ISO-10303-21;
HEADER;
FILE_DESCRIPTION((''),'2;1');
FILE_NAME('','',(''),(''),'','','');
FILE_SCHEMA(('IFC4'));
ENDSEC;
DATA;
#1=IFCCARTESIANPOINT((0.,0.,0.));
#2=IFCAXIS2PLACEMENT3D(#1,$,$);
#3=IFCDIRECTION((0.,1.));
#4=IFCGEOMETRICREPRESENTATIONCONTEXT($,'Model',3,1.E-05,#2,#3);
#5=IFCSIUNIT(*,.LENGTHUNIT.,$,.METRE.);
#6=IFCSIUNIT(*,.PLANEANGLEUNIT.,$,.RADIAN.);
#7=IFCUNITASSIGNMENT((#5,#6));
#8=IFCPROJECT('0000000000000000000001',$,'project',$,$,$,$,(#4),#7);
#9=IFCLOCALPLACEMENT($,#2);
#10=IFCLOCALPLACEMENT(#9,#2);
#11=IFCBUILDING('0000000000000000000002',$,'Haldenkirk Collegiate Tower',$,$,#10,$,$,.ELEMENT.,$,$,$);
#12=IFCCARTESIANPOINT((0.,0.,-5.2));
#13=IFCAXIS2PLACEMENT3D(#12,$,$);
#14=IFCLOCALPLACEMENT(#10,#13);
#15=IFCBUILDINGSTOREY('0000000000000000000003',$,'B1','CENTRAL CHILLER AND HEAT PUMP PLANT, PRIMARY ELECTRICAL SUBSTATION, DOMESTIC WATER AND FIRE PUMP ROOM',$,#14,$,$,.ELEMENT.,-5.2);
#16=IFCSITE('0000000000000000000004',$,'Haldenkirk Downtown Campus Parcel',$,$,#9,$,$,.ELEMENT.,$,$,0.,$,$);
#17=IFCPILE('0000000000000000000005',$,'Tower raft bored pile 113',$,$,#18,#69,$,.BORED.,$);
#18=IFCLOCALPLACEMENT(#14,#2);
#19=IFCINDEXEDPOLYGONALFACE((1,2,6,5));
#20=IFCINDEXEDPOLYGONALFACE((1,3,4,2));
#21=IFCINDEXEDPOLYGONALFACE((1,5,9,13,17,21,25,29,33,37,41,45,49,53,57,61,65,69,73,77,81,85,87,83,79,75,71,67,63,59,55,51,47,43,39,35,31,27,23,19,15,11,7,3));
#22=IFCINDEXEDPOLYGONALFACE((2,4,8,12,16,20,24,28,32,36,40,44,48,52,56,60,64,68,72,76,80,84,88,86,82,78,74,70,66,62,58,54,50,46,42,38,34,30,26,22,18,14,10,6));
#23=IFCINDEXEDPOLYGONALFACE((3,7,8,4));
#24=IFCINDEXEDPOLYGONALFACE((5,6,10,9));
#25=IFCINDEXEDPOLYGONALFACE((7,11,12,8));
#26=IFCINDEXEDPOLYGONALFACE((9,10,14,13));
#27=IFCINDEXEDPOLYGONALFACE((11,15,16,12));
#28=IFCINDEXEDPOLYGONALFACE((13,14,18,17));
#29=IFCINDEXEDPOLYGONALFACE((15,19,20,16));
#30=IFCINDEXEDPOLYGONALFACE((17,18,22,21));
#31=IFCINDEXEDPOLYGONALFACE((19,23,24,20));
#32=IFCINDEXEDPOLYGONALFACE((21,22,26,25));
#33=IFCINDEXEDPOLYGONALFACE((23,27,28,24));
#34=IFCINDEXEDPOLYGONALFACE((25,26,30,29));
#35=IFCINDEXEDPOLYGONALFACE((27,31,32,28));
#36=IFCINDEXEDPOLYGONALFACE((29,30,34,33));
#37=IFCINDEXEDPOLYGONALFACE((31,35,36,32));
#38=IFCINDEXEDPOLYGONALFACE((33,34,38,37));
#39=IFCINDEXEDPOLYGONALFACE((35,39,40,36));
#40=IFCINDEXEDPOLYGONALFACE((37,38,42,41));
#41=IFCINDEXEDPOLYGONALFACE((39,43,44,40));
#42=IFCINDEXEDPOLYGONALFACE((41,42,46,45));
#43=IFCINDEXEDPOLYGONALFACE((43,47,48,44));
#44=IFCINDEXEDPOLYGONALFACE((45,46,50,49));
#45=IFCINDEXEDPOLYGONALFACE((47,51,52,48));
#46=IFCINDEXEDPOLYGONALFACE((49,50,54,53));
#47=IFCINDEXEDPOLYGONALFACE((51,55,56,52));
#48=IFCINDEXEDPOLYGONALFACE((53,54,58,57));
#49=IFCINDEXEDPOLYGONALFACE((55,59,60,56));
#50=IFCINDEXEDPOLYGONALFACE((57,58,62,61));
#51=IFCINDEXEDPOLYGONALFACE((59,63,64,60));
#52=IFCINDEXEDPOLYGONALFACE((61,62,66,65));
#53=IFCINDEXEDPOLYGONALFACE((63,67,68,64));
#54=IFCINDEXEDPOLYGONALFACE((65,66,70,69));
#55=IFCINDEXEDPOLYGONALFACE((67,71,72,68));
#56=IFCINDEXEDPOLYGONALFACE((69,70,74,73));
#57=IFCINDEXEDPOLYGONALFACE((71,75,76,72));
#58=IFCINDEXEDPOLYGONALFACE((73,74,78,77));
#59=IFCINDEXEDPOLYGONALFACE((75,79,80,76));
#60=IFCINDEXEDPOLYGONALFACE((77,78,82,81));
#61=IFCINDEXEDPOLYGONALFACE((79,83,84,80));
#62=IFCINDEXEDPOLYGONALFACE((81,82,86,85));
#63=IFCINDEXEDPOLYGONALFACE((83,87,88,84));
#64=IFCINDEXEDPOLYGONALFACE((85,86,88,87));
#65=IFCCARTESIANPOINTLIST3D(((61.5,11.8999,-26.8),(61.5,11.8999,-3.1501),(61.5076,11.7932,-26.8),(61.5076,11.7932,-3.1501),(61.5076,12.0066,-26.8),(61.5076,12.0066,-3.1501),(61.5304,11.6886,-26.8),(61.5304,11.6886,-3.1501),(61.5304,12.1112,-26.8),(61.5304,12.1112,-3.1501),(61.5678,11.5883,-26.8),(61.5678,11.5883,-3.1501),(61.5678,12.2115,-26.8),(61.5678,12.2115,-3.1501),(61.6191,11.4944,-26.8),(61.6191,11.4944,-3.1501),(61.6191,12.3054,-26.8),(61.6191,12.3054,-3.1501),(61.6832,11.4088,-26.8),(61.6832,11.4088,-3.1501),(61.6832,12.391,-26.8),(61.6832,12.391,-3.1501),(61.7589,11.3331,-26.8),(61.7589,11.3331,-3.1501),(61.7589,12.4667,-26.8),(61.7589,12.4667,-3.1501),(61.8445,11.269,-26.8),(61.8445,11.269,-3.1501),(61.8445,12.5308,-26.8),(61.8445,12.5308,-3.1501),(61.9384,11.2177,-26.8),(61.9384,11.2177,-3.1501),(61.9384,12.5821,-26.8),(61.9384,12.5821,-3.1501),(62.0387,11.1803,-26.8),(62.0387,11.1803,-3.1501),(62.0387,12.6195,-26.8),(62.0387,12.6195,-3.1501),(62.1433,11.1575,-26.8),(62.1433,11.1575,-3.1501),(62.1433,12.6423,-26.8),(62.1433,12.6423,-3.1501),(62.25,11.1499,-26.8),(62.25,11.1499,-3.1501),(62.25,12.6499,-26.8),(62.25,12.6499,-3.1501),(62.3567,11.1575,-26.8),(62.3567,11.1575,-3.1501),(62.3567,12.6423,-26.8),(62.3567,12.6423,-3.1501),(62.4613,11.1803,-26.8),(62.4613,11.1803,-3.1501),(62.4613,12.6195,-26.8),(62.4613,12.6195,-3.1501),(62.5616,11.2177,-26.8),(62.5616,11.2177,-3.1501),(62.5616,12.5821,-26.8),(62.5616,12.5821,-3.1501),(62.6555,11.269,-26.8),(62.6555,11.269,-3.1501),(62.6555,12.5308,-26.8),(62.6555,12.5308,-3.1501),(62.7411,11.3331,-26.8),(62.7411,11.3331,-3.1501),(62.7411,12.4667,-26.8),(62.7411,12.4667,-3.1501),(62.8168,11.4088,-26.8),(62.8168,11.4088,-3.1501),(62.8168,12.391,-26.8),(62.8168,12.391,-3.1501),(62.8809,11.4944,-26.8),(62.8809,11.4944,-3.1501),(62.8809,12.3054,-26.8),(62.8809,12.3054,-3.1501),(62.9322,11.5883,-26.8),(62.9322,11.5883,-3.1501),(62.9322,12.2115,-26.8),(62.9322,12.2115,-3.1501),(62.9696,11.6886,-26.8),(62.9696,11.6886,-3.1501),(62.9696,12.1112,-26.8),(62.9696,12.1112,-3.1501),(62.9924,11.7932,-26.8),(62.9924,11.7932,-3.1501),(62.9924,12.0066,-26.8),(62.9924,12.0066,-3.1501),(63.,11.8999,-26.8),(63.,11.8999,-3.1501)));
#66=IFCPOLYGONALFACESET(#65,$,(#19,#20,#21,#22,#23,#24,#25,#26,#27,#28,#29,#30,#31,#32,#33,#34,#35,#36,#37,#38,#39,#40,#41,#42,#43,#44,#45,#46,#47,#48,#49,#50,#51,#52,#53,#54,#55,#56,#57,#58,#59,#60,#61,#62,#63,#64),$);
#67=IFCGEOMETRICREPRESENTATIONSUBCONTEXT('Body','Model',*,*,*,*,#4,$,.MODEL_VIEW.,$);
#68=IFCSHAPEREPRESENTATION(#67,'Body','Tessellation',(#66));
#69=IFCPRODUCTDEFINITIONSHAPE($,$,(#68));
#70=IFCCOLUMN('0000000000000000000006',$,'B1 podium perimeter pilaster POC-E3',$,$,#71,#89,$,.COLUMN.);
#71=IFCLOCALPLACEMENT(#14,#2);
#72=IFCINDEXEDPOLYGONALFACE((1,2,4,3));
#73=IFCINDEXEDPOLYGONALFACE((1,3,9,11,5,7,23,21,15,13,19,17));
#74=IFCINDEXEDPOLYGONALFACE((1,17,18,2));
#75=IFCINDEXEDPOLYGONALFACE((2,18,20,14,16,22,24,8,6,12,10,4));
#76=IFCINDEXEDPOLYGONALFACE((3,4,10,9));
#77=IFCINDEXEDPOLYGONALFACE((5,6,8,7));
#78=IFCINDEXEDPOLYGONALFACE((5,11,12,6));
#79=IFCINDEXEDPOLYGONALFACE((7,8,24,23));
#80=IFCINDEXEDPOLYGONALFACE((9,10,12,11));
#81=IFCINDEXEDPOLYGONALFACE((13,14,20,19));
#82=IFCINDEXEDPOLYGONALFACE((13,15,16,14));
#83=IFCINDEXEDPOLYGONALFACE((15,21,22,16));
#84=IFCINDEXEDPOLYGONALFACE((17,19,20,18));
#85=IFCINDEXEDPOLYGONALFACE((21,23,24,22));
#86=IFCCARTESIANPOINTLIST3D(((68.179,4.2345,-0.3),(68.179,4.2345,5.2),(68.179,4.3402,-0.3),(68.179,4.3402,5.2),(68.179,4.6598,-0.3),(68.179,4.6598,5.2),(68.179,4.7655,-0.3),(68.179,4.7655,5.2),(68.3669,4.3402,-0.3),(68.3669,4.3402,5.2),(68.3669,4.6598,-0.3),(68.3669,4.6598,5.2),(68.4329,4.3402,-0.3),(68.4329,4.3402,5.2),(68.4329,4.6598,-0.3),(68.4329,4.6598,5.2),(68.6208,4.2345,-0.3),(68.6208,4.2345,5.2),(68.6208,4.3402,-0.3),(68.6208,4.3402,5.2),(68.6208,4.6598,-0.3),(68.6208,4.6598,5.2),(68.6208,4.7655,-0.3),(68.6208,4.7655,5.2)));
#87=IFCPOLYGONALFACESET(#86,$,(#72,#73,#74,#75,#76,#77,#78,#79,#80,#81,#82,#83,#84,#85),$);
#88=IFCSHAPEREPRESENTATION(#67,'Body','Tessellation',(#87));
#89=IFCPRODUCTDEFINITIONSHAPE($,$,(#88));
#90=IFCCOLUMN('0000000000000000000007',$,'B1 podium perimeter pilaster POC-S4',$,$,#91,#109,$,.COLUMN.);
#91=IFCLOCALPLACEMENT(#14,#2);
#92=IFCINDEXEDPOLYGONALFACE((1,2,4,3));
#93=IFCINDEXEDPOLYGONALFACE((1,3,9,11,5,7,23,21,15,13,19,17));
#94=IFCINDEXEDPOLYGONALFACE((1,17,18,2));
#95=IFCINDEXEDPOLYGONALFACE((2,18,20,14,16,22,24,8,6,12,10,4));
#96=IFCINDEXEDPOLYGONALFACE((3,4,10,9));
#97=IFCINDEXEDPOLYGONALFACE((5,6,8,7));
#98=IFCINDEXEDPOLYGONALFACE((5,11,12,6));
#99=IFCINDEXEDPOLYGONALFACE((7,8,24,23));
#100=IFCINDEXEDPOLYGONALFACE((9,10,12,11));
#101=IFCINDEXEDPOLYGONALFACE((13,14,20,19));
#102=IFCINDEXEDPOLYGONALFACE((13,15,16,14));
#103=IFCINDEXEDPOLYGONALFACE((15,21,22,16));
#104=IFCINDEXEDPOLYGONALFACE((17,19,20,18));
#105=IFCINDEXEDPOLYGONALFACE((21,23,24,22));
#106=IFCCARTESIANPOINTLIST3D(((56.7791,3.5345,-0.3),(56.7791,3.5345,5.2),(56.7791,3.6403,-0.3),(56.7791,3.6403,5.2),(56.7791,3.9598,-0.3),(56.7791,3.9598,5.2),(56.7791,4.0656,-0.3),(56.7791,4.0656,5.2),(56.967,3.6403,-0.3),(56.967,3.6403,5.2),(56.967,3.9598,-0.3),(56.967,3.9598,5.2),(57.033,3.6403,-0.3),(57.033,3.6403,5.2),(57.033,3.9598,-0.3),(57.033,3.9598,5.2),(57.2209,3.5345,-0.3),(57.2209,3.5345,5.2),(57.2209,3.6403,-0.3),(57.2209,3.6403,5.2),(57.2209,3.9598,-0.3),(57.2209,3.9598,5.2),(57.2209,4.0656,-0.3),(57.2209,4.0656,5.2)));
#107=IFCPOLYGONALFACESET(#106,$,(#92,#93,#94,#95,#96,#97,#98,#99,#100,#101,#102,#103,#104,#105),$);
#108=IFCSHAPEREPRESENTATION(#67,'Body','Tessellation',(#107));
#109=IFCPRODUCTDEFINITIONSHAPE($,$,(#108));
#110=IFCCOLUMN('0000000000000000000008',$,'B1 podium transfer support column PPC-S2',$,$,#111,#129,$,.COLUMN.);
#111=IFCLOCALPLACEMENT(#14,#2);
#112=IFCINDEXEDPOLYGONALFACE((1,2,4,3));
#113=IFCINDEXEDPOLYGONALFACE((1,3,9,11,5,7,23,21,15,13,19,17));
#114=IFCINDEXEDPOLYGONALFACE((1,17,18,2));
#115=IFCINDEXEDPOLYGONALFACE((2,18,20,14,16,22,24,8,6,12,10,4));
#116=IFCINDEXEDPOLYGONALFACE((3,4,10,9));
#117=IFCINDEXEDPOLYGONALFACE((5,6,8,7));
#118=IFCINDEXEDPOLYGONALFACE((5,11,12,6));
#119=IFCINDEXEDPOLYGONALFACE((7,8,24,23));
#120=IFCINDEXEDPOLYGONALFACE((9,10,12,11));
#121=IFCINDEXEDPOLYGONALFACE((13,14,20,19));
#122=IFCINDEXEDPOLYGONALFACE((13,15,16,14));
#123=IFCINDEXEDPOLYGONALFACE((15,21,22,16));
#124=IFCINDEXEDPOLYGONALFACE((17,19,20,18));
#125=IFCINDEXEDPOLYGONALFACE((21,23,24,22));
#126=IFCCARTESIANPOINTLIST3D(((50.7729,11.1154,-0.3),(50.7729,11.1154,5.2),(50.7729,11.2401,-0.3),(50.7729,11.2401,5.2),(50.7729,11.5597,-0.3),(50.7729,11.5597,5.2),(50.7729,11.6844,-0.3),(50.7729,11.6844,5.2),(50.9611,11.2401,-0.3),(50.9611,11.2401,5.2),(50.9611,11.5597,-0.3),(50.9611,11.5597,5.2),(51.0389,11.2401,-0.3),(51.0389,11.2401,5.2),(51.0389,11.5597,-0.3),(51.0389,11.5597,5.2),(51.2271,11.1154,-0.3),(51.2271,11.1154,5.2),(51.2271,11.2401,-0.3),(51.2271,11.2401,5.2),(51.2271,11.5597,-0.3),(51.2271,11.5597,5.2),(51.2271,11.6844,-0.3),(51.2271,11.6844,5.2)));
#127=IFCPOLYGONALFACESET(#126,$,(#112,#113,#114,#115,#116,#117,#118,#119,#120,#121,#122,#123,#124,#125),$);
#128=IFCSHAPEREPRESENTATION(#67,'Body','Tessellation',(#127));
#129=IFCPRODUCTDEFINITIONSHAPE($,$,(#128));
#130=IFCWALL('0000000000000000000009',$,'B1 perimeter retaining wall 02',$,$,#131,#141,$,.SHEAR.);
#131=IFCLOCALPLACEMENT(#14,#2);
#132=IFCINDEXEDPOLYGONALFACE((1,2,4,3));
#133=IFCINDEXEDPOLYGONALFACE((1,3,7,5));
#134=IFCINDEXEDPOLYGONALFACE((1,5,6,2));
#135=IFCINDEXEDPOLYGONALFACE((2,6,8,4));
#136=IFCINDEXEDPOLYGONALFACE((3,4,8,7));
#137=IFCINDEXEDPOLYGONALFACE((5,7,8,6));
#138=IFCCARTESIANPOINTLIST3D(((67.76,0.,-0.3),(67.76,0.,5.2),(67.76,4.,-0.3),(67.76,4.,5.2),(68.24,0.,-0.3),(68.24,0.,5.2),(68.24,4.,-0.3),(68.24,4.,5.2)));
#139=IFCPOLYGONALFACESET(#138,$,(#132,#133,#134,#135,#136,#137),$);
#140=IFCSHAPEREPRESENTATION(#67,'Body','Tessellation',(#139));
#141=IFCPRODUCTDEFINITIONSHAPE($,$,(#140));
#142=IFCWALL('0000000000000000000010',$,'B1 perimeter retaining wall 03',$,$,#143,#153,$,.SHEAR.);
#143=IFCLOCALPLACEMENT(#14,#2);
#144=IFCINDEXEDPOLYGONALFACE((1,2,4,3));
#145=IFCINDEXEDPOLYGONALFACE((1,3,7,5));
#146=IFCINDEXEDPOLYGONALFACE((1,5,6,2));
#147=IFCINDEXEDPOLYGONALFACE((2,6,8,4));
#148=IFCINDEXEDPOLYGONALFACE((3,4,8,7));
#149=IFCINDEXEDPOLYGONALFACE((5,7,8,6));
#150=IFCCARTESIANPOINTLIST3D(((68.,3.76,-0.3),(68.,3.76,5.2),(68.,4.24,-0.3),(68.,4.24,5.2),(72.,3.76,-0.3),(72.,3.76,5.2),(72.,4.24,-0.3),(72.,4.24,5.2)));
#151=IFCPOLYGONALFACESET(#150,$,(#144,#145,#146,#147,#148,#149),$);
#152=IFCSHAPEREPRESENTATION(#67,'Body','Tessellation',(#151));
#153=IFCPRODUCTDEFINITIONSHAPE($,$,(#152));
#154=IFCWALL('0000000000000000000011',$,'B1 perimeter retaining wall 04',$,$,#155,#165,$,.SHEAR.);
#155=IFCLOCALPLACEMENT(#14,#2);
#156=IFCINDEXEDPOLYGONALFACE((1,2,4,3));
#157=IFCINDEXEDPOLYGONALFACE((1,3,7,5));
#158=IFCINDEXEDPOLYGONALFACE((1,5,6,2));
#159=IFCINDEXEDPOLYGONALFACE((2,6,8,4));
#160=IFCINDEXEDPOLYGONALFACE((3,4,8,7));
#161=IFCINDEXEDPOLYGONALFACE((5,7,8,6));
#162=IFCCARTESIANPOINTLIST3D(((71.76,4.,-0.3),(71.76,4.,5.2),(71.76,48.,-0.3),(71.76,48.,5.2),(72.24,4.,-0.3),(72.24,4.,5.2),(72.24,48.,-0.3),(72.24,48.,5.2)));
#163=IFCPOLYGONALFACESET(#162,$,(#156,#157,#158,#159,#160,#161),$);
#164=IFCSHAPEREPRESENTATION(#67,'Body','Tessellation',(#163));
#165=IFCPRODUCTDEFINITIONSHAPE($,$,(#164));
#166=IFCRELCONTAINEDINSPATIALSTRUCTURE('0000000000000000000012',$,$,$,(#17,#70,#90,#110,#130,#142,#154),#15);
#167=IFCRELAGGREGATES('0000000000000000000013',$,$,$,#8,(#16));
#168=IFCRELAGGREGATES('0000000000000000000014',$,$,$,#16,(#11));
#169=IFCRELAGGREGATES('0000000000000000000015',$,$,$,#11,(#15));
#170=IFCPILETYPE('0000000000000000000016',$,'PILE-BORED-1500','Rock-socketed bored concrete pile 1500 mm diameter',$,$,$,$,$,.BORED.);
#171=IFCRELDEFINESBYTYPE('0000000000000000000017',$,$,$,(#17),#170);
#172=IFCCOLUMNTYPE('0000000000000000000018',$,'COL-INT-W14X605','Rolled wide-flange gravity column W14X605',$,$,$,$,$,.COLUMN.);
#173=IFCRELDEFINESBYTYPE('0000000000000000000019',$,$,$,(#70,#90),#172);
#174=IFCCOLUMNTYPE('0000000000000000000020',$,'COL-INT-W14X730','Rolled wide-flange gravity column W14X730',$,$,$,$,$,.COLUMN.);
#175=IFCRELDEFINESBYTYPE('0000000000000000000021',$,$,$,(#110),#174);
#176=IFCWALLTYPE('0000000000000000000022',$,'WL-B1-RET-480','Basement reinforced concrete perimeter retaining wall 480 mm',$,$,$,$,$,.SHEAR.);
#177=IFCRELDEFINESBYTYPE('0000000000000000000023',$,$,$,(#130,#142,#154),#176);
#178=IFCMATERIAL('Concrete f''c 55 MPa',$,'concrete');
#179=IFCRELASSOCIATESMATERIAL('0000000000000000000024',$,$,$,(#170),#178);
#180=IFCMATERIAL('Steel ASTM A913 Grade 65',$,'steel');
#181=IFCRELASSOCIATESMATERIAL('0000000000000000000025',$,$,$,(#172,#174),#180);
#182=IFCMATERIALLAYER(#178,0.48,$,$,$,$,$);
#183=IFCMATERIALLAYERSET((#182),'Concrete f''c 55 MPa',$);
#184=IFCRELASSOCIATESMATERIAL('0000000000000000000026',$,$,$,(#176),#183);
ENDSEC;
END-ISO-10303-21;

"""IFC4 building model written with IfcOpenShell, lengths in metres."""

from ifc_helpers import new_model, si_unit, direction, frame, frame_2d, origin, origin_2d, place, context, subcontext, project, spatial, rectangle, circle, i_section, extrude, material, layer, layer_set, material_profile, profile_set, type_object, element, save


model = new_model("IFC4")

# Units and contexts
model_context = context("Model", 3, precision=1e-05, world=origin(), true_north=direction((0.0, 1.0)))
body_context = subcontext(model_context, "Body", "Model", "MODEL_VIEW")
ifc_project = project(units=[si_unit("LENGTHUNIT", "METRE"), si_unit("PLANEANGLEUNIT", "RADIAN")], contexts=[model_context])

# Site, building, storey
site_placement = place(None, origin())
site = spatial("IfcSite", under=ifc_project, at=site_placement, Name="Haldenkirk Downtown Campus Parcel", CompositionType="ELEMENT", RefElevation=0.0)
building_placement = place(site_placement, origin())
building = spatial("IfcBuilding", under=site, at=building_placement, Name="Haldenkirk Collegiate Tower", CompositionType="ELEMENT")
storey_placement = place(building_placement, frame((0.0, 0.0, -5.2)))
storey = spatial("IfcBuildingStorey", under=building, at=storey_placement, Name="B1", Description="CENTRAL CHILLER AND HEAT PUMP PLANT, PRIMARY ELECTRICAL SUBSTATION, DOMESTIC WATER AND FIRE PUMP ROOM", CompositionType="ELEMENT", Elevation=-5.2)

# Shared definitions
ifc_material_1 = material(Name="Concrete f'c 55 MPa", Category="concrete")

# Pile
ifc_material_profile_1 = material_profile(ifc_material_1, circle(Radius=0.75, at=origin_2d()), Name="PILE1500")
ifc_profile_set_1 = profile_set([ifc_material_profile_1], Name="Concrete f'c 55 MPa")
pile_type_1 = type_object("IfcPileType", Name="PILE-BORED-1500", Description="Rock-socketed bored concrete pile 1500 mm diameter", PredefinedType="BORED", material=ifc_profile_set_1)
for number, where, z_axis, x_axis, name in (
    (1, (62.25, 11.8999, -3.1501), (0.0, 0.0, -1.0), (1.0, 0.0, 0.0), "Tower raft bored pile 113"),
):
    element("IfcPile", number, at=place(storey_placement, frame(where, z_axis=z_axis, x_axis=x_axis)), inside=storey, type_object=pile_type_1, Name=name, PredefinedType="BORED", context=body_context, shape_type="SweptSolid", body=[
        extrude(circle(Radius=0.75, at=origin_2d()), origin(), (0.0, 0.0, 1.0), 23.6499),
    ])

# Columns
ifc_material_2 = material(Name="Steel ASTM A913 Grade 65", Category="steel")
ifc_material_profile_2 = material_profile(ifc_material_2, i_section(OverallWidth=0.4419, OverallDepth=0.531, WebThickness=0.0659, FlangeThickness=0.1057, at=origin_2d()), Name="W14X605")
ifc_profile_set_2 = profile_set([ifc_material_profile_2], Name="Steel ASTM A913 Grade 65")
column_type_1 = type_object("IfcColumnType", Name="COL-INT-W14X605", Description="Rolled wide-flange gravity column W14X605", PredefinedType="COLUMN", material=ifc_profile_set_2)
for number, where, z_axis, x_axis, name in (
    (2, (68.3999, 4.5, -0.3), (0.0, 0.0, 1.0), (1.0, 0.0, 0.0), "B1 podium perimeter pilaster POC-E3"),
    (3, (57.0, 3.8, -0.3), (0.0, 0.0, 1.0), (1.0, 0.0, 0.0), "B1 podium perimeter pilaster POC-S4"),
):
    element("IfcColumn", number, at=place(storey_placement, frame(where, z_axis=z_axis, x_axis=x_axis)), inside=storey, type_object=column_type_1, Name=name, PredefinedType="COLUMN", context=body_context, shape_type="SweptSolid", body=[
        extrude(i_section(OverallWidth=0.4419, OverallDepth=0.531, WebThickness=0.0659, FlangeThickness=0.1057, at=origin_2d()), origin(), (0.0, 0.0, 1.0), 5.5),
    ])
ifc_material_profile_3 = material_profile(ifc_material_2, i_section(OverallWidth=0.4541, OverallDepth=0.5691, WebThickness=0.0779, FlangeThickness=0.1248, at=origin_2d()), Name="W14X730")
ifc_profile_set_3 = profile_set([ifc_material_profile_3], Name="Steel ASTM A913 Grade 65")
column_type_2 = type_object("IfcColumnType", Name="COL-INT-W14X730", Description="Rolled wide-flange gravity column W14X730", PredefinedType="COLUMN", material=ifc_profile_set_3)
column_placement = place(storey_placement, frame((51.0, 11.3999, -0.3), z_axis=(0.0, 0.0, 1.0), x_axis=(1.0, 0.0, 0.0)))
element("IfcColumn", 4, at=column_placement, inside=storey, type_object=column_type_2, Name="B1 podium transfer support column PPC-S2", PredefinedType="COLUMN", context=body_context, shape_type="SweptSolid", body=[
    extrude(i_section(OverallWidth=0.4541, OverallDepth=0.5691, WebThickness=0.0779, FlangeThickness=0.1248, at=origin_2d()), origin(), (0.0, 0.0, 1.0), 5.5),
])

# Walls
ifc_layer = layer(ifc_material_1, 0.48)
ifc_layer_set = layer_set([ifc_layer], Name="Concrete f'c 55 MPa")
wall_type = type_object("IfcWallType", Name="WL-B1-RET-480", Description="Basement reinforced concrete perimeter retaining wall 480 mm", PredefinedType="SHEAR", material=ifc_layer_set)
for number, where, z_axis, x_axis, name in (
    (5, (68.0, 0.0, -0.3), (0.0, 0.0, 1.0), (0.0, 1.0, 0.0), "B1 perimeter retaining wall 02"),
    (6, (68.0, 4.0, -0.3), (0.0, 0.0, 1.0), (1.0, 0.0, 0.0), "B1 perimeter retaining wall 03"),
):
    element("IfcWall", number, at=place(storey_placement, frame(where, z_axis=z_axis, x_axis=x_axis)), inside=storey, type_object=wall_type, Name=name, PredefinedType="SHEAR", context=body_context, shape_type="SweptSolid", body=[
        extrude(rectangle(XDim=4.0, YDim=0.48, at=frame_2d((2.0, 0.0))), origin(), (0.0, 0.0, 1.0), 5.5),
    ])
wall_placement = place(storey_placement, frame((72.0, 4.0, -0.3), z_axis=(0.0, 0.0, 1.0), x_axis=(0.0, 1.0, 0.0)))
element("IfcWall", 7, at=wall_placement, inside=storey, type_object=wall_type, Name="B1 perimeter retaining wall 04", PredefinedType="SHEAR", context=body_context, shape_type="SweptSolid", body=[
    extrude(rectangle(XDim=44.0, YDim=0.48, at=frame_2d((22.0, 0.0))), origin(), (0.0, 0.0, 1.0), 5.5),
])

save(model, "model.ifc")
